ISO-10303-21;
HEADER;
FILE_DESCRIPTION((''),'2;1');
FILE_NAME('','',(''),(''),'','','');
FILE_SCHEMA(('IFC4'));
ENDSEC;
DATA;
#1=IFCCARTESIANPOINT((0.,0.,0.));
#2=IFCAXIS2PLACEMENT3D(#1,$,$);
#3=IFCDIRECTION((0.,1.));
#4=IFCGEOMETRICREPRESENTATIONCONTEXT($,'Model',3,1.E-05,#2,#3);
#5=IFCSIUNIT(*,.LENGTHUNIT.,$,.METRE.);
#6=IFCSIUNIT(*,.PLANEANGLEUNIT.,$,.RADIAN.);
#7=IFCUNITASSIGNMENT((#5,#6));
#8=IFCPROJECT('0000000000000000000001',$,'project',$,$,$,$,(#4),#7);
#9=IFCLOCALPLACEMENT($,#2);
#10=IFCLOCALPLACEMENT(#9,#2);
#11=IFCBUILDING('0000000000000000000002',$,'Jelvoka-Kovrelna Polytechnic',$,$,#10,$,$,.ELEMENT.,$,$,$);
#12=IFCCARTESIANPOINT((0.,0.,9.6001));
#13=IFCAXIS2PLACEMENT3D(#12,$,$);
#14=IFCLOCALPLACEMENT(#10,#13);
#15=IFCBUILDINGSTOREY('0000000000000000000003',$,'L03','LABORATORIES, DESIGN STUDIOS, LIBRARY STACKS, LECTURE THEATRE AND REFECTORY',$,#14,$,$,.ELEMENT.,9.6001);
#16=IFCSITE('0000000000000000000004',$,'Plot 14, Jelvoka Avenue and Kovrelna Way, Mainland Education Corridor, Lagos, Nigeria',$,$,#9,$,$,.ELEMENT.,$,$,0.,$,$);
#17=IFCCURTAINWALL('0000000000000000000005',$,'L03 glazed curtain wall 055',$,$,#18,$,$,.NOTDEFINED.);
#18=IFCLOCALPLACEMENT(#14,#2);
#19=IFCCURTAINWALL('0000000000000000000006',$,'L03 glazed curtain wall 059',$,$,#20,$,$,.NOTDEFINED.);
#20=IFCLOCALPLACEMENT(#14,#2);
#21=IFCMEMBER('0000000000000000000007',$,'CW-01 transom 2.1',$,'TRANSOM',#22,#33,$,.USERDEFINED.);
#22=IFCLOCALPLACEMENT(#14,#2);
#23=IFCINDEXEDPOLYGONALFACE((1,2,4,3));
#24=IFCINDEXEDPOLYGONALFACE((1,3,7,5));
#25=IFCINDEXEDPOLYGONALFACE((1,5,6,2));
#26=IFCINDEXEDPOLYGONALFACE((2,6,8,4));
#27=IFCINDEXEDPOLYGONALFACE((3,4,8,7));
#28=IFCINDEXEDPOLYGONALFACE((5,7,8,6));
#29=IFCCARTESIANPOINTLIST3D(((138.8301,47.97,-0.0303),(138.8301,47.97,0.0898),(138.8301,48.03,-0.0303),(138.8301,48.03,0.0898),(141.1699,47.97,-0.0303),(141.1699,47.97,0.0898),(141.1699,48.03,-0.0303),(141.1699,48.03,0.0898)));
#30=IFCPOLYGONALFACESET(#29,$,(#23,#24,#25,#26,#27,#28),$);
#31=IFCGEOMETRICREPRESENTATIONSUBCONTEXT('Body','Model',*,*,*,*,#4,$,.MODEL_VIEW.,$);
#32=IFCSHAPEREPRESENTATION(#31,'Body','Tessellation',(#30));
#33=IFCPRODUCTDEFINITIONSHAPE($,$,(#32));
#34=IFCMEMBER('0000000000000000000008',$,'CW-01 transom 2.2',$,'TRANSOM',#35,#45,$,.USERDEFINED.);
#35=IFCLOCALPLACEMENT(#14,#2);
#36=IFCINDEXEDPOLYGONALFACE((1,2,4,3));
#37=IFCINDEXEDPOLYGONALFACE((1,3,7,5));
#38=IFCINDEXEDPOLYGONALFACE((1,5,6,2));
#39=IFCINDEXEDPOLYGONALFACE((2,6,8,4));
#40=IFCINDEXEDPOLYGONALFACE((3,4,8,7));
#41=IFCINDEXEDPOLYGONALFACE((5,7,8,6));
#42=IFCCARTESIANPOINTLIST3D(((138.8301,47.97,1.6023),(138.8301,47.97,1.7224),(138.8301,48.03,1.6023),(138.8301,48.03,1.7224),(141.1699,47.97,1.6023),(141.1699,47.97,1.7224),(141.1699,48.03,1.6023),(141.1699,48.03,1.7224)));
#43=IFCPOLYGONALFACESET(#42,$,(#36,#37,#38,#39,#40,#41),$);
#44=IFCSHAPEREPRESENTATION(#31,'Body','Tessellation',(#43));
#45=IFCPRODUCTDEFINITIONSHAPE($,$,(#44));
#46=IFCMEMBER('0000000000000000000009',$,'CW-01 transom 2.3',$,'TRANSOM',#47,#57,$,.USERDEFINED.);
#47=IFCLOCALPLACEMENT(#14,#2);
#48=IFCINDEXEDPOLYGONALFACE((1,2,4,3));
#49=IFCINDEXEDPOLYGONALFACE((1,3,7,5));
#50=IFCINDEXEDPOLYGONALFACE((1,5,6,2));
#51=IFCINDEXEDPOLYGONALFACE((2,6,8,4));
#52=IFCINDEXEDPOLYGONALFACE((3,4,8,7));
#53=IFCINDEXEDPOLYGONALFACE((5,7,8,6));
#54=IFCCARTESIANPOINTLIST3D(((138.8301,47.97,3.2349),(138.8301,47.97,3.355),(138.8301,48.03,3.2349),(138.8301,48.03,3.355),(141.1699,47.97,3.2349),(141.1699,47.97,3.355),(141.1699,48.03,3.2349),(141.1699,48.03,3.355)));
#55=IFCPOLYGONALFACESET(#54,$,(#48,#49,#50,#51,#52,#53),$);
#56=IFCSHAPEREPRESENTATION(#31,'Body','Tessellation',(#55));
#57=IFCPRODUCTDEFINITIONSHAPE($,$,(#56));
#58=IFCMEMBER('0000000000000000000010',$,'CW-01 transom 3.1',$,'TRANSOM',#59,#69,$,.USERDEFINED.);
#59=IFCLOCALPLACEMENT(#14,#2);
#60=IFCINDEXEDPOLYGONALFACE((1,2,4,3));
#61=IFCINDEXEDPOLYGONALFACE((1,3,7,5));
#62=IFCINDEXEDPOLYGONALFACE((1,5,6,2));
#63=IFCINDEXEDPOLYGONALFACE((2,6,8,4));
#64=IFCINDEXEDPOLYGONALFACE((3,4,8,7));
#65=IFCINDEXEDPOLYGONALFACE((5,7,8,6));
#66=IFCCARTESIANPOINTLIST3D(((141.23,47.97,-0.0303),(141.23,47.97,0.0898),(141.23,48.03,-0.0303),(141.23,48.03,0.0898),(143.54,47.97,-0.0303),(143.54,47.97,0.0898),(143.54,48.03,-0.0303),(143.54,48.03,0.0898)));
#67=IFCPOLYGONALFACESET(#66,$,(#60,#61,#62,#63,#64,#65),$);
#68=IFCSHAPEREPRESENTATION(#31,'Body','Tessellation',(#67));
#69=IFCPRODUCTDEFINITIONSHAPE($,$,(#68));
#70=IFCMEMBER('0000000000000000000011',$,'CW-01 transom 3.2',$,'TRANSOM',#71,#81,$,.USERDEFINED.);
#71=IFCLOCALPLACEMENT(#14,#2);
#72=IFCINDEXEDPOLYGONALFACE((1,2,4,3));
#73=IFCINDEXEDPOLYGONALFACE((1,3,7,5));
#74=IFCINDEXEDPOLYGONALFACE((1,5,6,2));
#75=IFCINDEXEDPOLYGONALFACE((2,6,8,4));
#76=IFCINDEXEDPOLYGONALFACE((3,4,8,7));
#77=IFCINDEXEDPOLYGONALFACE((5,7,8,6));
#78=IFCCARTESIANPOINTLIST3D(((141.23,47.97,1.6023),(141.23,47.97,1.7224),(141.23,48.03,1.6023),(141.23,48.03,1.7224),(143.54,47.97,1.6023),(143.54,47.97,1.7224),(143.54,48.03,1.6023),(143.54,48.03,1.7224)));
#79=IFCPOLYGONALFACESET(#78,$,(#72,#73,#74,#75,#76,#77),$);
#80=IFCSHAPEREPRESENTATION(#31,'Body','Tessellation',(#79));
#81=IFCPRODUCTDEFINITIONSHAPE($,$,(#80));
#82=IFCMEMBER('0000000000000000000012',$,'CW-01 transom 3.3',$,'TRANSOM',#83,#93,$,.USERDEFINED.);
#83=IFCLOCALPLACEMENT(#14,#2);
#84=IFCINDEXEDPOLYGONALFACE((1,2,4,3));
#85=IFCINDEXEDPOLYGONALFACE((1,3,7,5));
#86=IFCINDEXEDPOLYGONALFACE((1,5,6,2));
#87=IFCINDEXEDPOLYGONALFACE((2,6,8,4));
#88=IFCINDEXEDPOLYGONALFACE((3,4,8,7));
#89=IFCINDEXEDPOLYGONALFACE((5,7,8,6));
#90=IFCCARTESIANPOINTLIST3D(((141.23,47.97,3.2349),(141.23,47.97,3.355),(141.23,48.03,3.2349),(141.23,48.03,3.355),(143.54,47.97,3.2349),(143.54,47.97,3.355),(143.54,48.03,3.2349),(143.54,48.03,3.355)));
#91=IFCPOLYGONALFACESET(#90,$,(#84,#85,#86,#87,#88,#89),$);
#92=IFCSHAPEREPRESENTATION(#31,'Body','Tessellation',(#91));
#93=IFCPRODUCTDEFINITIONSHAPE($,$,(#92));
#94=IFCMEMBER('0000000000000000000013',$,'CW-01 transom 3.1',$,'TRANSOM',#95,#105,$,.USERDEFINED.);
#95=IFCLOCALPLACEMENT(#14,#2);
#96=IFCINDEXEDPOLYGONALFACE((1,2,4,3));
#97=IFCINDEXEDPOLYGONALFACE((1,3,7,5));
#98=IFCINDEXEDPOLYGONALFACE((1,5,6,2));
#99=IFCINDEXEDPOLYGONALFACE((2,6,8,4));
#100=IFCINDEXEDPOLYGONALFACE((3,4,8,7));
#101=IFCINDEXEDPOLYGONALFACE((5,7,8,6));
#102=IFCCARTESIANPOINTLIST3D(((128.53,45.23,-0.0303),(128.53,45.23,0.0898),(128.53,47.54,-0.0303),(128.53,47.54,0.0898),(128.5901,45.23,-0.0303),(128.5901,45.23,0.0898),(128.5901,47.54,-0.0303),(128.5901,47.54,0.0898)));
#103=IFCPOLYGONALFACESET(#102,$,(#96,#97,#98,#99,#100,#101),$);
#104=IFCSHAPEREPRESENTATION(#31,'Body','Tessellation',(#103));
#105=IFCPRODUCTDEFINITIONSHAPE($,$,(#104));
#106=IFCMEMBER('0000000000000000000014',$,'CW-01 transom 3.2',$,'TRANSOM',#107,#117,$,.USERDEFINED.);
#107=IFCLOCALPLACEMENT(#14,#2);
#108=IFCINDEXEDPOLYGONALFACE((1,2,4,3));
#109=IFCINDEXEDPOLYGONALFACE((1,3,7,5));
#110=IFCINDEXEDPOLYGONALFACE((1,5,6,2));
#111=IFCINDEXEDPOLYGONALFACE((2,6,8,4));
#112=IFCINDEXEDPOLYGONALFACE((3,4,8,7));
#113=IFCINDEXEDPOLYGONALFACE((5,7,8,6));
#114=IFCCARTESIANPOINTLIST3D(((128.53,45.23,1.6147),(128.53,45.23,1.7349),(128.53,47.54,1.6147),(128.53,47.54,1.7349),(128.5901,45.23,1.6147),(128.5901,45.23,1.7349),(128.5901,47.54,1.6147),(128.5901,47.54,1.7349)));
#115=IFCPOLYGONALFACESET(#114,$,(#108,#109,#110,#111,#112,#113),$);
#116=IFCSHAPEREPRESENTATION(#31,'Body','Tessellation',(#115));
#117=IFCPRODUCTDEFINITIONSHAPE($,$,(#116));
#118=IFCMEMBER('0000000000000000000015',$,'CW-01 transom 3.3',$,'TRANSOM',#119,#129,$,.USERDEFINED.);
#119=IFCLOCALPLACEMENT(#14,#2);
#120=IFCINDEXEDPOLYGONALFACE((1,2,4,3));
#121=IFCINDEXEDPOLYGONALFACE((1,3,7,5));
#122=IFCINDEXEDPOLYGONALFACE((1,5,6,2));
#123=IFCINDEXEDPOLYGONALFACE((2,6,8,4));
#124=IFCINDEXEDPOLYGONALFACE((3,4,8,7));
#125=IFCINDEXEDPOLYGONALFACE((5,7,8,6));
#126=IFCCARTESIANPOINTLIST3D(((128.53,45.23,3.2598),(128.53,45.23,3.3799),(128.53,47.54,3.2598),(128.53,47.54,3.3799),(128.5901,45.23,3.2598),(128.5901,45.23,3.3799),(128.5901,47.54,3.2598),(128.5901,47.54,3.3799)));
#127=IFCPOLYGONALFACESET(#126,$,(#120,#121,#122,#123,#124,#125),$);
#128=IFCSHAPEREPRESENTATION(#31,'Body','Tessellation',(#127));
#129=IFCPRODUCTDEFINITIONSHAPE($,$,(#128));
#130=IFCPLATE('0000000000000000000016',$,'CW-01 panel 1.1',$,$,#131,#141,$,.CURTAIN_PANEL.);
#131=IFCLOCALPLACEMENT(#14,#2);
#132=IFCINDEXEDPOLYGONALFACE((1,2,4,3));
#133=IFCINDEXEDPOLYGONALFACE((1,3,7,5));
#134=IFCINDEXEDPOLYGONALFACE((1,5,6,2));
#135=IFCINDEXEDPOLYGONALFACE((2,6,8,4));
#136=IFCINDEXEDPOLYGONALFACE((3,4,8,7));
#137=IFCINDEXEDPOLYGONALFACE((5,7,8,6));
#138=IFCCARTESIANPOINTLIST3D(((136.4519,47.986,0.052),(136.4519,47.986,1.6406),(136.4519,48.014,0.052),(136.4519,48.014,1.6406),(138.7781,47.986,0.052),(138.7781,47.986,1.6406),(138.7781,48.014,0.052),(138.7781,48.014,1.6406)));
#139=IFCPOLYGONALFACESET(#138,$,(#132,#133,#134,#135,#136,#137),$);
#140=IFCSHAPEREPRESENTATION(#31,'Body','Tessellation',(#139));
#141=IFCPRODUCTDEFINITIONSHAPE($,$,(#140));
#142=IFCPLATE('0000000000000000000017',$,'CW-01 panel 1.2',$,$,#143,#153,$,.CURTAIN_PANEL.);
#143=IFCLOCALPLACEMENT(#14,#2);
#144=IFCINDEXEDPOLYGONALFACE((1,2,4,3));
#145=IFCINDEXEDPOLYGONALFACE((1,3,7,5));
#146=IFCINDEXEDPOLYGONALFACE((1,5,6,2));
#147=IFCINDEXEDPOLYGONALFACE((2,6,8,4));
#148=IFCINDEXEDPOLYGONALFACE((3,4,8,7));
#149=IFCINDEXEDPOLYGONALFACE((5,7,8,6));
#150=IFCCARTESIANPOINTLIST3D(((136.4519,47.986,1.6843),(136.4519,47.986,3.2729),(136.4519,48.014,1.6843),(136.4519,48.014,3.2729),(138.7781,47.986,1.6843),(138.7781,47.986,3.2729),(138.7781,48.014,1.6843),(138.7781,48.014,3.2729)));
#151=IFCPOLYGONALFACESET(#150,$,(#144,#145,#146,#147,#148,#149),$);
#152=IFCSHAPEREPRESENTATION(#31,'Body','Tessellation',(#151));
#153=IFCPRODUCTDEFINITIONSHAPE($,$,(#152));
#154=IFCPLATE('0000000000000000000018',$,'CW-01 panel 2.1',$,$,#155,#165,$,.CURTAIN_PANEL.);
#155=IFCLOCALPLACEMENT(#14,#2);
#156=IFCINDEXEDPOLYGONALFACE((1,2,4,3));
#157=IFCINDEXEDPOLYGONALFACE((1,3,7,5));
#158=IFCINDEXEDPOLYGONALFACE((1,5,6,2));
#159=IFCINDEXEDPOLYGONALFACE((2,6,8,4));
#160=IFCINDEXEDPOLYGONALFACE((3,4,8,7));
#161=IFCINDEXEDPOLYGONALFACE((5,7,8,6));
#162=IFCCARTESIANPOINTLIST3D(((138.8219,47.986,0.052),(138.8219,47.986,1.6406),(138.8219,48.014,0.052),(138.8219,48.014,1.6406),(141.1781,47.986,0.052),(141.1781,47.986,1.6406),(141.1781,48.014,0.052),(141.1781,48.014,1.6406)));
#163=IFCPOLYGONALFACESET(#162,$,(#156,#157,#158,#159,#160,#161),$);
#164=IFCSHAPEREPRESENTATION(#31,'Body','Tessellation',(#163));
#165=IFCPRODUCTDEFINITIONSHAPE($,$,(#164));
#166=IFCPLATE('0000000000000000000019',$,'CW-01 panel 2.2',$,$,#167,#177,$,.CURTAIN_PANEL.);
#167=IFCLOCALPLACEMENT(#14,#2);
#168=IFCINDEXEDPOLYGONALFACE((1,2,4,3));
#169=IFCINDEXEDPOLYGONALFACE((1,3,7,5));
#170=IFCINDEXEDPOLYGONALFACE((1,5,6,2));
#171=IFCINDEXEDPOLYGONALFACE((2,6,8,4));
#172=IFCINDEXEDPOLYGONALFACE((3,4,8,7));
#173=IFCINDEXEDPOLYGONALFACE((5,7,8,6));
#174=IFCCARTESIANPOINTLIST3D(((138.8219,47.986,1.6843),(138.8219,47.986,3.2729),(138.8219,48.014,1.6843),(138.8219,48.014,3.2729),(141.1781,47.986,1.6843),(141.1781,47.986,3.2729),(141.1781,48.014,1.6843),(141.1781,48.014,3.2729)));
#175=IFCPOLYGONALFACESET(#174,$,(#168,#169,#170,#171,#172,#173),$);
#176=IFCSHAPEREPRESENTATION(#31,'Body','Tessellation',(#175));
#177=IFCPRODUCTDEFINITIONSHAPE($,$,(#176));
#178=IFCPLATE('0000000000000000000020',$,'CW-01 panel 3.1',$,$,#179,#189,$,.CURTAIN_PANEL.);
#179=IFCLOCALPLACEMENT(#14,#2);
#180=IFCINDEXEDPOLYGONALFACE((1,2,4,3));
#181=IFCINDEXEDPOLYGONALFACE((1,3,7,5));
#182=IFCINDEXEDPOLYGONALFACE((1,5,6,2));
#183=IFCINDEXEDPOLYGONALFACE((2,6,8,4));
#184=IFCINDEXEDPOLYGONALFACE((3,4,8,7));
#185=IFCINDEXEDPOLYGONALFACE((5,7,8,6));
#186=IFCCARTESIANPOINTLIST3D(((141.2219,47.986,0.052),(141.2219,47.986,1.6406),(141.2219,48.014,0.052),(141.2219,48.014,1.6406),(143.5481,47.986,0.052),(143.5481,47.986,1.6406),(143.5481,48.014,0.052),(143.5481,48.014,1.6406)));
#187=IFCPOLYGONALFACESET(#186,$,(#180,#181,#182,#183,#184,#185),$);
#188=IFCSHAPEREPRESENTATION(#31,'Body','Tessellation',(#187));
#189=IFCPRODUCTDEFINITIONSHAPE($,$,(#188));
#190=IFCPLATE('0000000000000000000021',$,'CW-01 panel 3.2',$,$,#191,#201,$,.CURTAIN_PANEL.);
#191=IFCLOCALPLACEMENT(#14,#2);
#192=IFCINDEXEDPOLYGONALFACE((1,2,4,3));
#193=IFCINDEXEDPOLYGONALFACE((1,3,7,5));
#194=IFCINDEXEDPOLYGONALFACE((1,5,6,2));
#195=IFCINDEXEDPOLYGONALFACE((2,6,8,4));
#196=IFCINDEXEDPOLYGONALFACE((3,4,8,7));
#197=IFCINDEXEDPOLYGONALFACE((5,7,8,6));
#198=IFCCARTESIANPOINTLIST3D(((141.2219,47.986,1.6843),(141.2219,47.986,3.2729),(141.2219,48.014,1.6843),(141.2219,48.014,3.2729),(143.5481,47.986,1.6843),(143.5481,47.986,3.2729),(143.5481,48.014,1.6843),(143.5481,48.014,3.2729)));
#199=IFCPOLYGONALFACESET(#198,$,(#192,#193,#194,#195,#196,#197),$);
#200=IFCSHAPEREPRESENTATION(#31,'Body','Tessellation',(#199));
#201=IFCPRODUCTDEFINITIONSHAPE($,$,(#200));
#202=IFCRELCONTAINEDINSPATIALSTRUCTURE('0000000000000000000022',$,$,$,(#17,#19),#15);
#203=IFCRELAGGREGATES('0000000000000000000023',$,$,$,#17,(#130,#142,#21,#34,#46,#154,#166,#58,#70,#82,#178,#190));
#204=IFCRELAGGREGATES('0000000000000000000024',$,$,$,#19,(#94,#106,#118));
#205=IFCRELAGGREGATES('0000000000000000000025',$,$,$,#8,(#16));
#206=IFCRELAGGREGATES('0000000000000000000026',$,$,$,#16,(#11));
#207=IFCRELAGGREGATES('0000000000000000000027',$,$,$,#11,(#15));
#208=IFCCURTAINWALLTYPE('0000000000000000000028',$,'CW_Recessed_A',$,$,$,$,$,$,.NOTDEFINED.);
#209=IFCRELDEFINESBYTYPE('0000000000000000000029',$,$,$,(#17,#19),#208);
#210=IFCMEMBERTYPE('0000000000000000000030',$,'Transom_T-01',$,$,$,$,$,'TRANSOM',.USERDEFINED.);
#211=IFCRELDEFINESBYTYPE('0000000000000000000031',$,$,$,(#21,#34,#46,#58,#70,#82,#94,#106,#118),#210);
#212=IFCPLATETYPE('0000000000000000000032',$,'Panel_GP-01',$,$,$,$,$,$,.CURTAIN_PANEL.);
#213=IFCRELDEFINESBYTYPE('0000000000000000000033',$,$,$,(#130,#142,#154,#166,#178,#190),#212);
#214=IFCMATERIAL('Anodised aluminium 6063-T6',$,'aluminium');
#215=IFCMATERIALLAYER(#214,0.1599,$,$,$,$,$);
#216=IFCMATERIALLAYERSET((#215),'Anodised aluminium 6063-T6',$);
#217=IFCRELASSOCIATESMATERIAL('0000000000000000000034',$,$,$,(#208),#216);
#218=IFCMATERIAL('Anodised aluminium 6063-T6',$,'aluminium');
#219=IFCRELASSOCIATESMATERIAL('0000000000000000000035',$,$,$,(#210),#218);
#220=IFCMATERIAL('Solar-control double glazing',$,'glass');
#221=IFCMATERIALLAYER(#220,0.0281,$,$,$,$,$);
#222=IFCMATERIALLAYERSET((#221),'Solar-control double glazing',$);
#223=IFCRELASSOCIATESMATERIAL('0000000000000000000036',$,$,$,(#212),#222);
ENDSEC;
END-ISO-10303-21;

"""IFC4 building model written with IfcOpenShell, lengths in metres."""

from ifc_helpers import new_model, si_unit, direction, frame, origin, origin_2d, place, context, subcontext, project, spatial, rectangle, extrude, material, layer, layer_set, material_profile, profile_set, type_object, element, aggregate, save


model = new_model("IFC4")

# Units and contexts
model_context = context("Model", 3, precision=1e-05, world=origin(), true_north=direction((0.0, 1.0)))
body_context = subcontext(model_context, "Body", "Model", "MODEL_VIEW")
ifc_project = project(units=[si_unit("LENGTHUNIT", "METRE"), si_unit("PLANEANGLEUNIT", "RADIAN")], contexts=[model_context])

# Site, building, storey
site_placement = place(None, origin())
site = spatial("IfcSite", under=ifc_project, at=site_placement, Name="Plot 14, Jelvoka Avenue and Kovrelna Way, Mainland Education Corridor, Lagos, Nigeria", CompositionType="ELEMENT", RefElevation=0.0)
building_placement = place(site_placement, origin())
building = spatial("IfcBuilding", under=site, at=building_placement, Name="Jelvoka-Kovrelna Polytechnic", CompositionType="ELEMENT")
storey_placement = place(building_placement, frame((0.0, 0.0, 9.6001)))
storey = spatial("IfcBuildingStorey", under=building, at=storey_placement, Name="L03", Description="LABORATORIES, DESIGN STUDIOS, LIBRARY STACKS, LECTURE THEATRE AND REFECTORY", CompositionType="ELEMENT", Elevation=9.6001)

# Curtain wall
ifc_material_1 = material(Name="Anodised aluminium 6063-T6", Category="aluminium")
ifc_layer_1 = layer(ifc_material_1, 0.1599)
ifc_layer_set_1 = layer_set([ifc_layer_1], Name="Anodised aluminium 6063-T6")
curtain_wall_type = type_object("IfcCurtainWallType", Name="CW_Recessed_A", PredefinedType="NOTDEFINED", material=ifc_layer_set_1)
curtain_wall_1_placement = place(storey_placement, origin())
curtain_wall_1 = element("IfcCurtainWall", 1, at=curtain_wall_1_placement, inside=storey, type_object=curtain_wall_type, Name="L03 glazed curtain wall 055", PredefinedType="NOTDEFINED")

# Curtain wall
curtain_wall_2_placement = place(storey_placement, origin())
curtain_wall_2 = element("IfcCurtainWall", 2, at=curtain_wall_2_placement, inside=storey, type_object=curtain_wall_type, Name="L03 glazed curtain wall 059", PredefinedType="NOTDEFINED")

# Members
ifc_material_2 = material(Name="Anodised aluminium 6063-T6", Category="aluminium")
ifc_material_profile_1 = material_profile(ifc_material_2, rectangle(XDim=0.0601, YDim=0.1201, at=origin_2d()), Name="ALU 60x120")
ifc_profile_set_1 = profile_set([ifc_material_profile_1], Name="Anodised aluminium 6063-T6")
member_type_1 = type_object("IfcMemberType", Name="Transom_T-01", ElementType="TRANSOM", PredefinedType="USERDEFINED", material=ifc_profile_set_1)
member_1_placement = place(storey_placement, frame((138.8301, 48.0, 0.0298), z_axis=(1.0, 0.0, 0.0), x_axis=(0.0, 1.0, 0.0)))
member_1 = element("IfcMember", 3, at=member_1_placement, type_object=member_type_1, Name="CW-01 transom 2.1", ObjectType="TRANSOM", PredefinedType="USERDEFINED", context=body_context, shape_type="SweptSolid", body=[
    extrude(rectangle(XDim=0.0601, YDim=0.1201, at=origin_2d()), origin(), (0.0, 0.0, 1.0), 2.3398),
])
member_2_placement = place(storey_placement, frame((138.8301, 48.0, 1.6624), z_axis=(1.0, 0.0, 0.0), x_axis=(0.0, 1.0, 0.0)))
member_2 = element("IfcMember", 4, at=member_2_placement, type_object=member_type_1, Name="CW-01 transom 2.2", ObjectType="TRANSOM", PredefinedType="USERDEFINED", context=body_context, shape_type="SweptSolid", body=[
    extrude(rectangle(XDim=0.0601, YDim=0.1201, at=origin_2d()), origin(), (0.0, 0.0, 1.0), 2.3398),
])
member_3_placement = place(storey_placement, frame((138.8301, 48.0, 3.2949), z_axis=(1.0, 0.0, 0.0), x_axis=(0.0, 1.0, 0.0)))
member_3 = element("IfcMember", 5, at=member_3_placement, type_object=member_type_1, Name="CW-01 transom 2.3", ObjectType="TRANSOM", PredefinedType="USERDEFINED", context=body_context, shape_type="SweptSolid", body=[
    extrude(rectangle(XDim=0.0601, YDim=0.1201, at=origin_2d()), origin(), (0.0, 0.0, 1.0), 2.3398),
])
member_4_placement = place(storey_placement, frame((141.23, 48.0, 0.0298), z_axis=(1.0, 0.0, 0.0), x_axis=(0.0, 1.0, 0.0)))
member_4 = element("IfcMember", 6, at=member_4_placement, type_object=member_type_1, Name="CW-01 transom 3.1", ObjectType="TRANSOM", PredefinedType="USERDEFINED", context=body_context, shape_type="SweptSolid", body=[
    extrude(rectangle(XDim=0.0601, YDim=0.1201, at=origin_2d()), origin(), (0.0, 0.0, 1.0), 2.3101),
])
member_5_placement = place(storey_placement, frame((141.23, 48.0, 1.6624), z_axis=(1.0, 0.0, 0.0), x_axis=(0.0, 1.0, 0.0)))
member_5 = element("IfcMember", 7, at=member_5_placement, type_object=member_type_1, Name="CW-01 transom 3.2", ObjectType="TRANSOM", PredefinedType="USERDEFINED", context=body_context, shape_type="SweptSolid", body=[
    extrude(rectangle(XDim=0.0601, YDim=0.1201, at=origin_2d()), origin(), (0.0, 0.0, 1.0), 2.3101),
])
member_6_placement = place(storey_placement, frame((141.23, 48.0, 3.2949), z_axis=(1.0, 0.0, 0.0), x_axis=(0.0, 1.0, 0.0)))
member_6 = element("IfcMember", 8, at=member_6_placement, type_object=member_type_1, Name="CW-01 transom 3.3", ObjectType="TRANSOM", PredefinedType="USERDEFINED", context=body_context, shape_type="SweptSolid", body=[
    extrude(rectangle(XDim=0.0601, YDim=0.1201, at=origin_2d()), origin(), (0.0, 0.0, 1.0), 2.3101),
])
member_7_placement = place(storey_placement, frame((128.5601, 45.23, 0.0298), z_axis=(0.0, 1.0, 0.0), x_axis=(-1.0, 0.0, 0.0)))
member_7 = element("IfcMember", 9, at=member_7_placement, type_object=member_type_1, Name="CW-01 transom 3.1", ObjectType="TRANSOM", PredefinedType="USERDEFINED", context=body_context, shape_type="SweptSolid", body=[
    extrude(rectangle(XDim=0.0601, YDim=0.1201, at=origin_2d()), origin(), (0.0, 0.0, 1.0), 2.3101),
])
member_8_placement = place(storey_placement, frame((128.5601, 45.23, 1.6748), z_axis=(0.0, 1.0, 0.0), x_axis=(-1.0, 0.0, 0.0)))
member_8 = element("IfcMember", 10, at=member_8_placement, type_object=member_type_1, Name="CW-01 transom 3.2", ObjectType="TRANSOM", PredefinedType="USERDEFINED", context=body_context, shape_type="SweptSolid", body=[
    extrude(rectangle(XDim=0.0601, YDim=0.1201, at=origin_2d()), origin(), (0.0, 0.0, 1.0), 2.3101),
])
member_9_placement = place(storey_placement, frame((128.5601, 45.23, 3.3198), z_axis=(0.0, 1.0, 0.0), x_axis=(-1.0, 0.0, 0.0)))
member_9 = element("IfcMember", 11, at=member_9_placement, type_object=member_type_1, Name="CW-01 transom 3.3", ObjectType="TRANSOM", PredefinedType="USERDEFINED", context=body_context, shape_type="SweptSolid", body=[
    extrude(rectangle(XDim=0.0601, YDim=0.1201, at=origin_2d()), origin(), (0.0, 0.0, 1.0), 2.3101),
])

# Plates
ifc_material_3 = material(Name="Solar-control double glazing", Category="glass")
ifc_layer_2 = layer(ifc_material_3, 0.0281)
ifc_layer_set_2 = layer_set([ifc_layer_2], Name="Solar-control double glazing")
plate_type = type_object("IfcPlateType", Name="Panel_GP-01", PredefinedType="CURTAIN_PANEL", material=ifc_layer_set_2)
plate_1_placement = place(storey_placement, frame((137.615, 48.0, 0.052), z_axis=(0.0, 0.0, 1.0), x_axis=(1.0, 0.0, 0.0)))
plate_1 = element("IfcPlate", 12, at=plate_1_placement, type_object=plate_type, Name="CW-01 panel 1.1", PredefinedType="CURTAIN_PANEL", context=body_context, shape_type="SweptSolid", body=[
    extrude(rectangle(XDim=2.3262, YDim=0.0281, at=origin_2d()), origin(), (0.0, 0.0, 1.0), 1.5886),
])
plate_2_placement = place(storey_placement, frame((137.615, 48.0, 1.6843), z_axis=(0.0, 0.0, 1.0), x_axis=(1.0, 0.0, 0.0)))
plate_2 = element("IfcPlate", 13, at=plate_2_placement, type_object=plate_type, Name="CW-01 panel 1.2", PredefinedType="CURTAIN_PANEL", context=body_context, shape_type="SweptSolid", body=[
    extrude(rectangle(XDim=2.3262, YDim=0.0281, at=origin_2d()), origin(), (0.0, 0.0, 1.0), 1.5886),
])
plate_3_placement = place(storey_placement, frame((140.0, 48.0, 0.052), z_axis=(0.0, 0.0, 1.0), x_axis=(1.0, 0.0, 0.0)))
plate_3 = element("IfcPlate", 14, at=plate_3_placement, type_object=plate_type, Name="CW-01 panel 2.1", PredefinedType="CURTAIN_PANEL", context=body_context, shape_type="SweptSolid", body=[
    extrude(rectangle(XDim=2.3562, YDim=0.0281, at=origin_2d()), origin(), (0.0, 0.0, 1.0), 1.5886),
])
plate_4_placement = place(storey_placement, frame((140.0, 48.0, 1.6843), z_axis=(0.0, 0.0, 1.0), x_axis=(1.0, 0.0, 0.0)))
plate_4 = element("IfcPlate", 15, at=plate_4_placement, type_object=plate_type, Name="CW-01 panel 2.2", PredefinedType="CURTAIN_PANEL", context=body_context, shape_type="SweptSolid", body=[
    extrude(rectangle(XDim=2.3562, YDim=0.0281, at=origin_2d()), origin(), (0.0, 0.0, 1.0), 1.5886),
])
plate_5_placement = place(storey_placement, frame((142.385, 48.0, 0.052), z_axis=(0.0, 0.0, 1.0), x_axis=(1.0, 0.0, 0.0)))
plate_5 = element("IfcPlate", 16, at=plate_5_placement, type_object=plate_type, Name="CW-01 panel 3.1", PredefinedType="CURTAIN_PANEL", context=body_context, shape_type="SweptSolid", body=[
    extrude(rectangle(XDim=2.3262, YDim=0.0281, at=origin_2d()), origin(), (0.0, 0.0, 1.0), 1.5886),
])
plate_6_placement = place(storey_placement, frame((142.385, 48.0, 1.6843), z_axis=(0.0, 0.0, 1.0), x_axis=(1.0, 0.0, 0.0)))
plate_6 = element("IfcPlate", 17, at=plate_6_placement, type_object=plate_type, Name="CW-01 panel 3.2", PredefinedType="CURTAIN_PANEL", context=body_context, shape_type="SweptSolid", body=[
    extrude(rectangle(XDim=2.3262, YDim=0.0281, at=origin_2d()), origin(), (0.0, 0.0, 1.0), 1.5886),
])
aggregate(curtain_wall_1, [plate_1, plate_2, member_1, member_2, member_3, plate_3, plate_4, member_4, member_5, member_6, plate_5, plate_6])
aggregate(curtain_wall_2, [member_7, member_8, member_9])

save(model, "model.ifc")
